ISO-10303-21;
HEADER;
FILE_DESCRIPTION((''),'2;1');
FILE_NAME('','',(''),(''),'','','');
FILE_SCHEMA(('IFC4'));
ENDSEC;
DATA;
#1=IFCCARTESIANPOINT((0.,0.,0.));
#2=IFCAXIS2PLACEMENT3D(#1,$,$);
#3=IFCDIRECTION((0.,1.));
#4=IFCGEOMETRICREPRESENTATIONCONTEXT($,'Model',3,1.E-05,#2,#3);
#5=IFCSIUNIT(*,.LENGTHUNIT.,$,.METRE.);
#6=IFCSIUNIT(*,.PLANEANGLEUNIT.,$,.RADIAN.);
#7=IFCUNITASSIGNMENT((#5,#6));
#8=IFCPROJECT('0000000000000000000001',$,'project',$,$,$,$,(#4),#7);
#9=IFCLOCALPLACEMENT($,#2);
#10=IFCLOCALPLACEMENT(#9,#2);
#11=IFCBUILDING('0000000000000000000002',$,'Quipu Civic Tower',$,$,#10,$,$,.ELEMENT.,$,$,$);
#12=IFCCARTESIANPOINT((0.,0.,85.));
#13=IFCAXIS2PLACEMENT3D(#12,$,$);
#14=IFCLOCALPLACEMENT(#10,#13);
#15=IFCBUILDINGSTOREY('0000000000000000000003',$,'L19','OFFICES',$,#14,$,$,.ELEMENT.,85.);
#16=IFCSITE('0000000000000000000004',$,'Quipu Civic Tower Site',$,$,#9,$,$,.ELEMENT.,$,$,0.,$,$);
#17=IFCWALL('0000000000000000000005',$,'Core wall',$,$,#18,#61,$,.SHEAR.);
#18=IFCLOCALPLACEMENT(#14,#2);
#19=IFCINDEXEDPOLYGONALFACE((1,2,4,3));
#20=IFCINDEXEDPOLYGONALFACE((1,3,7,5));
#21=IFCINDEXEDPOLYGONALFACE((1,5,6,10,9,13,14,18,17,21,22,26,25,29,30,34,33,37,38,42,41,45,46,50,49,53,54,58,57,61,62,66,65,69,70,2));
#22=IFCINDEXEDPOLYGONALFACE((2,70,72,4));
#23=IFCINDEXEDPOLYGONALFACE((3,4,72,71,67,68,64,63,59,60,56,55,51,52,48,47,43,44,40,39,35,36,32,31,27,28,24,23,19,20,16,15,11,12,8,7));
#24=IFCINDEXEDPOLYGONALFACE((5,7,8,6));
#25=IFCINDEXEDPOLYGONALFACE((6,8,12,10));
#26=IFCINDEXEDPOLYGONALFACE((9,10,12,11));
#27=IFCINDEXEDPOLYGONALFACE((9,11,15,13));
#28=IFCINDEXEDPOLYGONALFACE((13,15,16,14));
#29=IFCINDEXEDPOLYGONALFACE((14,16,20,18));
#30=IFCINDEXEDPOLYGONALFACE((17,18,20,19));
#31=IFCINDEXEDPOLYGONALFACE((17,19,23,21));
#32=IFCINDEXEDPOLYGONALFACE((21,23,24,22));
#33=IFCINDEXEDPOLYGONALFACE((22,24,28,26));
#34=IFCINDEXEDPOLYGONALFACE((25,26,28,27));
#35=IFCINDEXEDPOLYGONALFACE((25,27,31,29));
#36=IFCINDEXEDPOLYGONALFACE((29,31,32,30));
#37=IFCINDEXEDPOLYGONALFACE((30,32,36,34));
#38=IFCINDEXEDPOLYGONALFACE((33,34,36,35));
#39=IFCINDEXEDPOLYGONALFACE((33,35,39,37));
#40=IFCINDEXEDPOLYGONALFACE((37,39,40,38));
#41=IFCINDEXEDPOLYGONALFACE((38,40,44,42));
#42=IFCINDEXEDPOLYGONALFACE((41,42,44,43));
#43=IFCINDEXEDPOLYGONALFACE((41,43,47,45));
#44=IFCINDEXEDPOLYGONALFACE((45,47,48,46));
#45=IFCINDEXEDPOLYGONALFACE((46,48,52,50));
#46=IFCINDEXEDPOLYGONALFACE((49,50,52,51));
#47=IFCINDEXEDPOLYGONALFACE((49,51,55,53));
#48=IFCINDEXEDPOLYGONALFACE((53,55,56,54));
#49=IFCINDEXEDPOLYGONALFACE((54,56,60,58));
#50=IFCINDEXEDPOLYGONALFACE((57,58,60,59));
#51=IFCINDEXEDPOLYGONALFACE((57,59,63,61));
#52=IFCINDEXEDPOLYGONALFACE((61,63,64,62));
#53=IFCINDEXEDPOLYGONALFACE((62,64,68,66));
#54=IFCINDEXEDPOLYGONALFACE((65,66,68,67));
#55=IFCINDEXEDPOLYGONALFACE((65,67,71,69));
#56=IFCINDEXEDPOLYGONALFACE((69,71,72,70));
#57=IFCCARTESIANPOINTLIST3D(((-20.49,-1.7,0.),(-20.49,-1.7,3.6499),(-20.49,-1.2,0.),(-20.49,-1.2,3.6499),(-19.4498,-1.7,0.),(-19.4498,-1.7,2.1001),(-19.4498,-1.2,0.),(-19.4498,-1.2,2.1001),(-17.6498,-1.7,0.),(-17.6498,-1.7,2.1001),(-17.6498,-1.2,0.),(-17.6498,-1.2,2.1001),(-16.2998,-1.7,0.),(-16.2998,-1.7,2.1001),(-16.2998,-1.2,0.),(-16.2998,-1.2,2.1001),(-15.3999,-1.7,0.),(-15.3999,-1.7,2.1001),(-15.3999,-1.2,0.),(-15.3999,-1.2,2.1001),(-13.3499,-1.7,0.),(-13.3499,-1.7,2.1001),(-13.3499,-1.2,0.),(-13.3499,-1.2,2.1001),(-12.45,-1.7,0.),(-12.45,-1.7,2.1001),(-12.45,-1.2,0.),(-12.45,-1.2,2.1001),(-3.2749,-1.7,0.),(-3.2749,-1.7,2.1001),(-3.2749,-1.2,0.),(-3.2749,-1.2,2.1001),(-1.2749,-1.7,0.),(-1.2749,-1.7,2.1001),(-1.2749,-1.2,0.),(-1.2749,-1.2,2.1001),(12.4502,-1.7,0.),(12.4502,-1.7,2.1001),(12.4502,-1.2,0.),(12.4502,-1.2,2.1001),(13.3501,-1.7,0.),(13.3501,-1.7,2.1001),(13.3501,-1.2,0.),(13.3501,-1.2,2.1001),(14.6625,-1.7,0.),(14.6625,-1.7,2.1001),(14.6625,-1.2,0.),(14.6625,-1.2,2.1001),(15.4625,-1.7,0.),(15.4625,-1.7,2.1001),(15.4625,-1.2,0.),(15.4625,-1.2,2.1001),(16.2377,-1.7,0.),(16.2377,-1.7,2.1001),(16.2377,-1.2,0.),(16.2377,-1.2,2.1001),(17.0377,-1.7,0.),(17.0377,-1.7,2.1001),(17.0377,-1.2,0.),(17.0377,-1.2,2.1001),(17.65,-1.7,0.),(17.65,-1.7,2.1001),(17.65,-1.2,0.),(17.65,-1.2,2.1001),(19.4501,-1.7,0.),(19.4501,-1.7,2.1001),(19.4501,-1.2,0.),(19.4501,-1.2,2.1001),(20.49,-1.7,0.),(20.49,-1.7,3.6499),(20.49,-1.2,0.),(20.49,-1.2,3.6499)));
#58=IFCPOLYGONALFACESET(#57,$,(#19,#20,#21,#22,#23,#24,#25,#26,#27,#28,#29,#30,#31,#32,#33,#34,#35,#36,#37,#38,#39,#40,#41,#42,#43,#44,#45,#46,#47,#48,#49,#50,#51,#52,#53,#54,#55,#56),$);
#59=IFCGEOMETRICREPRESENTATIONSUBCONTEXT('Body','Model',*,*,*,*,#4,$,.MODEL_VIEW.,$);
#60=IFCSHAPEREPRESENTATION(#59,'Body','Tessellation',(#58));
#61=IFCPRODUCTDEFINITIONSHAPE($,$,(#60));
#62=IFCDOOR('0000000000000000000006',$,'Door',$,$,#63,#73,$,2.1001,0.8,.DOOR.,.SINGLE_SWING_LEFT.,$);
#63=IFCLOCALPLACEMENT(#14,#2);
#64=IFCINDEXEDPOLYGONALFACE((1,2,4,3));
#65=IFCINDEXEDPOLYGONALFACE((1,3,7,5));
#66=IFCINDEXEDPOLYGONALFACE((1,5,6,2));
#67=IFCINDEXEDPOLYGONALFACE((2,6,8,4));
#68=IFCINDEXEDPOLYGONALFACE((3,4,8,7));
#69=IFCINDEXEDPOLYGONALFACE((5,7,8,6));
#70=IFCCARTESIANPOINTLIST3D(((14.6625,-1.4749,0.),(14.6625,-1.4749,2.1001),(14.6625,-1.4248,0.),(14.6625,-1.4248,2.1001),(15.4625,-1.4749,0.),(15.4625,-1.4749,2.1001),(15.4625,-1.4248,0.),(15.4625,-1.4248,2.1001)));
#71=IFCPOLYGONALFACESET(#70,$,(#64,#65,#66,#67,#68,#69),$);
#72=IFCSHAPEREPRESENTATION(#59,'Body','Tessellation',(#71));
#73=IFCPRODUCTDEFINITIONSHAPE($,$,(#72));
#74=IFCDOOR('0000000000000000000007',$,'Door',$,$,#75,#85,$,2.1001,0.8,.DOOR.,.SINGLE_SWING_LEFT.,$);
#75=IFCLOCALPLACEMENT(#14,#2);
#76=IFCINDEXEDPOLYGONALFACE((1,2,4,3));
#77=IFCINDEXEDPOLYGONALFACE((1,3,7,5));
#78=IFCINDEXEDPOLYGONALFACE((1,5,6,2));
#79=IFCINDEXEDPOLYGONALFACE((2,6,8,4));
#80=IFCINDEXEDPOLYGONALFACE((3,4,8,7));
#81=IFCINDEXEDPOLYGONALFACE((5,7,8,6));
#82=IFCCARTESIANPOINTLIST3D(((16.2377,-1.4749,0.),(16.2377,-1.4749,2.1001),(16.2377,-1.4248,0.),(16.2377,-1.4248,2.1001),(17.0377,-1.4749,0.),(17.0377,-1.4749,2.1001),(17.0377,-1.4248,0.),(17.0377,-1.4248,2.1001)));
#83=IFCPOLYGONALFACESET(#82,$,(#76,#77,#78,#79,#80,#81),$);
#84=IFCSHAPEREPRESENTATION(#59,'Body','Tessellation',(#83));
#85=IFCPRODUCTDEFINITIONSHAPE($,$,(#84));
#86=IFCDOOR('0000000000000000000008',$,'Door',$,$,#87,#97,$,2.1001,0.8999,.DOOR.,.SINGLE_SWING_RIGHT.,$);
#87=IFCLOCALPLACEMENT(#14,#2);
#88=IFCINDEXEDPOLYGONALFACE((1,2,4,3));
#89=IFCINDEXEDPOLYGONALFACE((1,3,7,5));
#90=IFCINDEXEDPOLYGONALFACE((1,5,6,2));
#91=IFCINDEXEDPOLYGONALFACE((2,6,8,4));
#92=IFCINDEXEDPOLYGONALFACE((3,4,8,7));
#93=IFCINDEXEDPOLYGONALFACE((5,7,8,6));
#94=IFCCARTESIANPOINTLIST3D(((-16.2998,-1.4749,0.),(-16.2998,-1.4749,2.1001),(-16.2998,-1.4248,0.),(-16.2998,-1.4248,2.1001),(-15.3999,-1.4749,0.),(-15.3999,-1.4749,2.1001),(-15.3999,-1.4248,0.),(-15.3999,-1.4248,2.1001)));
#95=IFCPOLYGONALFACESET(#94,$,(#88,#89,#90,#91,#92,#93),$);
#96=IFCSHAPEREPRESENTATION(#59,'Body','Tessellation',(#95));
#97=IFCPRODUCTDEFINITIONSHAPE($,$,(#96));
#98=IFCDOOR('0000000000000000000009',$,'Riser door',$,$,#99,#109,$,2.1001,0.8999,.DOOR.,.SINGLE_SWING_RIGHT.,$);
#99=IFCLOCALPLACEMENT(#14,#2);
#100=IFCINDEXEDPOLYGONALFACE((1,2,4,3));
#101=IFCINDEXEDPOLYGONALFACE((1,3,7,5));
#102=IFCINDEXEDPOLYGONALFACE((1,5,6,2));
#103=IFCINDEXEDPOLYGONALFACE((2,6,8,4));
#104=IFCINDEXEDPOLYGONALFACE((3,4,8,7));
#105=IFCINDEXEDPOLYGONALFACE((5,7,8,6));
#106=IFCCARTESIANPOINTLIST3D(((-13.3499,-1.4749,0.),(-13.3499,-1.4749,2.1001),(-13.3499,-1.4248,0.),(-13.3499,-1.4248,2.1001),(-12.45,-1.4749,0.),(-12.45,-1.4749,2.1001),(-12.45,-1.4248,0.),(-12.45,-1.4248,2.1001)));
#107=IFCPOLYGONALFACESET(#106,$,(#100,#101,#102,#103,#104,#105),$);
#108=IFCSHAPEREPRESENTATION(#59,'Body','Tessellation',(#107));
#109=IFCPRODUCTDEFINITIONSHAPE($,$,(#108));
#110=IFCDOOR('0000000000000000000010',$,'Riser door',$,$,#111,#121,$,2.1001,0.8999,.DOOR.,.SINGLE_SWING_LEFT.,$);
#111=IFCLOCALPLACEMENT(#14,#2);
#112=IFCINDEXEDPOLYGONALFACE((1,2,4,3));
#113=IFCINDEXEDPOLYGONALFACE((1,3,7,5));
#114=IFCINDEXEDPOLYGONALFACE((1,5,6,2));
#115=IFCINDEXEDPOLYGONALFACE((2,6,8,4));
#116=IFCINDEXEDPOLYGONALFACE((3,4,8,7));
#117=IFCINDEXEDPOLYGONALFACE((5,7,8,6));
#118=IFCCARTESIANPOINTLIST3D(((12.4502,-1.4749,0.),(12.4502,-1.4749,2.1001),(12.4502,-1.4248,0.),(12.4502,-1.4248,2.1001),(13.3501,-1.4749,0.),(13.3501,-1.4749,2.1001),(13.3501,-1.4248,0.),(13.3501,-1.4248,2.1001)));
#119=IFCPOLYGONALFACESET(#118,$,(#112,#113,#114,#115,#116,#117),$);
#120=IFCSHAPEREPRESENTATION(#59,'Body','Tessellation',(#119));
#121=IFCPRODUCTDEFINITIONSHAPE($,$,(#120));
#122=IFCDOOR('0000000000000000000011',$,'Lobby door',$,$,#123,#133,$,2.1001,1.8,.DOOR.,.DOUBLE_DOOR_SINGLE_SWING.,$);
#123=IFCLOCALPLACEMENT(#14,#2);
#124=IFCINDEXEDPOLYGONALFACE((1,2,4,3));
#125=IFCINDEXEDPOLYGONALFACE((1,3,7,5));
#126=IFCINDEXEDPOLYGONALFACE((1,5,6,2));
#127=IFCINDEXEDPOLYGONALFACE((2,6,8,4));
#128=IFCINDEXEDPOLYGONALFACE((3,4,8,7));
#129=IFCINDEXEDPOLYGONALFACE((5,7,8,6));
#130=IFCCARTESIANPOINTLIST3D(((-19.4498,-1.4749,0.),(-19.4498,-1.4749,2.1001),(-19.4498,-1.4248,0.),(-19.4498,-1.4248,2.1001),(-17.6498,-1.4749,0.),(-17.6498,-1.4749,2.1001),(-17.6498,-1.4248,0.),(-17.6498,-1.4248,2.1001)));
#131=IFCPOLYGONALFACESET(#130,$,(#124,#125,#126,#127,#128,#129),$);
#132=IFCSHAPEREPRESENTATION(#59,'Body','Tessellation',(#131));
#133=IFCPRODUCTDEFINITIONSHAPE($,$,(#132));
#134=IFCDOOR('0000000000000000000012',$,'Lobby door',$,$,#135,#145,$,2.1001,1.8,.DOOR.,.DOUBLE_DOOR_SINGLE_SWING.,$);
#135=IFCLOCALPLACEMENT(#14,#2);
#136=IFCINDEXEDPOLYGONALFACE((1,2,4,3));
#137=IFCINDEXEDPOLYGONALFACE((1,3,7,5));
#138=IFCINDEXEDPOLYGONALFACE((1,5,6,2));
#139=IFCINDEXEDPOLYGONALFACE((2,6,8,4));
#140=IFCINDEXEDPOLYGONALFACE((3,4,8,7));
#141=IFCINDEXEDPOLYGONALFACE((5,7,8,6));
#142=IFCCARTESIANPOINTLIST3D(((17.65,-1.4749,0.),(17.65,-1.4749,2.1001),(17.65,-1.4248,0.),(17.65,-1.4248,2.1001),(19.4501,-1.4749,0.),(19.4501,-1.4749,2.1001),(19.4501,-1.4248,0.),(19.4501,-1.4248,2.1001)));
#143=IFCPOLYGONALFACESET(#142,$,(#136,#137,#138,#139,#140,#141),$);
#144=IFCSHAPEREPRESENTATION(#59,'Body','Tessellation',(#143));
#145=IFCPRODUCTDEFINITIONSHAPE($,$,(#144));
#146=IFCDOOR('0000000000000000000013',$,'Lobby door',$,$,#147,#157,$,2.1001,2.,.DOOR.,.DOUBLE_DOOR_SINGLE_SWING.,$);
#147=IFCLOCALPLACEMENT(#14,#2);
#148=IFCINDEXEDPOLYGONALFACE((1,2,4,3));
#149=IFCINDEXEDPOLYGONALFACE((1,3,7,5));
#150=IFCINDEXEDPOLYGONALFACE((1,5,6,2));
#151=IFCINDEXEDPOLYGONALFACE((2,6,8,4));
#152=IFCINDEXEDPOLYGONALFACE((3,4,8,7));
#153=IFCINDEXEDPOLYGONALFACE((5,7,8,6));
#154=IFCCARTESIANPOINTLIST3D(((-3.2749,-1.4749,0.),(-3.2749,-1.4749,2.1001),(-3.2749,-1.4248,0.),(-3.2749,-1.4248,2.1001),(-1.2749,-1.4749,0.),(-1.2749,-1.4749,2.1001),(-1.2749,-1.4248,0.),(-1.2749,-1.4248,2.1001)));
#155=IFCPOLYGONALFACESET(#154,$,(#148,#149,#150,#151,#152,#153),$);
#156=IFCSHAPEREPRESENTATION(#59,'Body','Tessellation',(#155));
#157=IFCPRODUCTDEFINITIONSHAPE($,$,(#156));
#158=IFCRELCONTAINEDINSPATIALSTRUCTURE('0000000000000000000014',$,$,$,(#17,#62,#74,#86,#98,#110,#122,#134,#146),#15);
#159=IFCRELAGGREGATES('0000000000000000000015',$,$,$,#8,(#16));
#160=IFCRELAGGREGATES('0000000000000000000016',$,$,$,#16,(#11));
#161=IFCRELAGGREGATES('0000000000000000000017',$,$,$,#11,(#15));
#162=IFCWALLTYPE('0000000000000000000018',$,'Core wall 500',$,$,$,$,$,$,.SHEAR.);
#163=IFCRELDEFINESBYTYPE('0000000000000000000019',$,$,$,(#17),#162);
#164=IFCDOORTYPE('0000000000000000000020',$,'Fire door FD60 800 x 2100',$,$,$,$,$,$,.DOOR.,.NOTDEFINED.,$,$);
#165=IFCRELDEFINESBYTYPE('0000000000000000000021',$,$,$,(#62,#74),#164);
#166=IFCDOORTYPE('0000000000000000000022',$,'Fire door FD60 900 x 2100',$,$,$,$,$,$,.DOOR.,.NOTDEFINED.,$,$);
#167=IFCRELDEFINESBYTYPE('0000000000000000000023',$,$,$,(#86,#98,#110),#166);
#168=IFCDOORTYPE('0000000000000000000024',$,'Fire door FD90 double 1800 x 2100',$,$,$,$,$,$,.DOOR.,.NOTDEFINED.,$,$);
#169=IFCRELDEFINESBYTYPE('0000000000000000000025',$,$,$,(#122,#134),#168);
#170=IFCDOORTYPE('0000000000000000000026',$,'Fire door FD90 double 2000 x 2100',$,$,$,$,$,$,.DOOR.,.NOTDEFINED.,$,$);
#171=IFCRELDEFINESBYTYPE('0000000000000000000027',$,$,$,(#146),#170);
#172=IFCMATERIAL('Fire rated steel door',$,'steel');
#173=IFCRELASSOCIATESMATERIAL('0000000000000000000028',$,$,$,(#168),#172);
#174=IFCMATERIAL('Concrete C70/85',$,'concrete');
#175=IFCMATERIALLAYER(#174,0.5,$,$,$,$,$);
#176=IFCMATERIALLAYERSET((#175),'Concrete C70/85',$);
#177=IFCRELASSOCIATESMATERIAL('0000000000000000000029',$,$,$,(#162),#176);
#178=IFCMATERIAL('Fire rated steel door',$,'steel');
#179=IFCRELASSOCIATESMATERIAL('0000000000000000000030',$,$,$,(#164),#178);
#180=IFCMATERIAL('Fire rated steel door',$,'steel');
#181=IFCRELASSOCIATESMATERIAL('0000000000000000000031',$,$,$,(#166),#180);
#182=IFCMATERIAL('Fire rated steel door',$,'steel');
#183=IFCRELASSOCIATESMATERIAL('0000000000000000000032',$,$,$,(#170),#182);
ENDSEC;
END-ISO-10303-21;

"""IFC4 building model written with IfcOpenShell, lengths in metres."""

from ifc_helpers import new_model, si_unit, direction, frame, frame_2d, origin, place, context, subcontext, project, spatial, rectangle, extrude, material, layer, layer_set, type_object, element, fill, save


model = new_model("IFC4")

# Units and contexts
model_context = context("Model", 3, precision=1e-05, world=origin(), true_north=direction((0.0, 1.0)))
body_context = subcontext(model_context, "Body", "Model", "MODEL_VIEW")
ifc_project = project(units=[si_unit("LENGTHUNIT", "METRE"), si_unit("PLANEANGLEUNIT", "RADIAN")], contexts=[model_context])

# Site, building, storey
site_placement = place(None, origin())
site = spatial("IfcSite", under=ifc_project, at=site_placement, Name="Quipu Civic Tower Site", CompositionType="ELEMENT", RefElevation=0.0)
building_placement = place(site_placement, origin())
building = spatial("IfcBuilding", under=site, at=building_placement, Name="Quipu Civic Tower", CompositionType="ELEMENT")
storey_placement = place(building_placement, frame((0.0, 0.0, 85.0)))
storey = spatial("IfcBuildingStorey", under=building, at=storey_placement, Name="L19", Description="OFFICES", CompositionType="ELEMENT", Elevation=85.0)

# Shared definitions
ifc_material_1 = material(Name="Fire rated steel door", Category="steel")
door_type_1 = type_object("IfcDoorType", Name="Fire door FD90 double 1800 x 2100", OperationType="NOTDEFINED", PredefinedType="DOOR", material=ifc_material_1)

# Shared definitions
ifc_material_2 = material(Name="Concrete C70/85", Category="concrete")
ifc_layer_1 = layer(ifc_material_2, 0.5)
ifc_layer_set_1 = layer_set([ifc_layer_1], Name="Concrete C70/85")
wall_type_1 = type_object("IfcWallType", Name="Core wall 500", PredefinedType="SHEAR", material=ifc_layer_set_1)

# Wall, openings, doors
wall_1_placement = place(storey_placement, frame((20.49, -1.45, 0.0), z_axis=(0.0, 0.0, 1.0), x_axis=(-1.0, 0.0, 0.0)))
wall_1 = element("IfcWall", 1, at=wall_1_placement, inside=storey, type_object=wall_type_1, Name="Core wall", PredefinedType="SHEAR", context=body_context, shape_type="SweptSolid", body=[
    extrude(rectangle(XDim=40.98, YDim=0.5, at=frame_2d((20.49, 0.0))), origin(), (0.0, 0.0, 1.0), 3.6499),
])
opening_1_placement = place(wall_1_placement, frame((38.1399, 0.0, 0.0)))
opening_1 = element("IfcOpeningElement", 2, at=opening_1_placement, cuts=wall_1, PredefinedType="OPENING", context=body_context, shape_type="SweptSolid", body=[
    extrude(rectangle(XDim=1.8, YDim=2.1001, at=frame_2d((0.8999, 1.05))), frame((0.0, 0.26, 0.0), z_axis=(0.0, -1.0, 0.0), x_axis=(1.0, 0.0, 0.0)), (0.0, 0.0, 1.0), 0.52),
])
opening_2_placement = place(wall_1_placement, frame((35.8899, 0.0, 0.0)))
opening_2 = element("IfcOpeningElement", 3, at=opening_2_placement, cuts=wall_1, PredefinedType="OPENING", context=body_context, shape_type="SweptSolid", body=[
    extrude(rectangle(XDim=0.8999, YDim=2.1001, at=frame_2d((0.45, 1.05))), frame((0.0, 0.26, 0.0), z_axis=(0.0, -1.0, 0.0), x_axis=(1.0, 0.0, 0.0)), (0.0, 0.0, 1.0), 0.52),
])
opening_3_placement = place(wall_1_placement, frame((32.9399, 0.0, 0.0)))
opening_3 = element("IfcOpeningElement", 4, at=opening_3_placement, cuts=wall_1, PredefinedType="OPENING", context=body_context, shape_type="SweptSolid", body=[
    extrude(rectangle(XDim=0.8999, YDim=2.1001, at=frame_2d((0.45, 1.05))), frame((0.0, 0.26, 0.0), z_axis=(0.0, -1.0, 0.0), x_axis=(1.0, 0.0, 0.0)), (0.0, 0.0, 1.0), 0.52),
])
opening_4_placement = place(wall_1_placement, frame((21.7649, 0.0, 0.0)))
opening_4 = element("IfcOpeningElement", 5, at=opening_4_placement, cuts=wall_1, PredefinedType="OPENING", context=body_context, shape_type="SweptSolid", body=[
    extrude(rectangle(XDim=2.0, YDim=2.1001, at=frame_2d((1.0, 1.05))), frame((0.0, 0.26, 0.0), z_axis=(0.0, -1.0, 0.0), x_axis=(1.0, 0.0, 0.0)), (0.0, 0.0, 1.0), 0.52),
])
opening_5_placement = place(wall_1_placement, frame((7.1399, 0.0, 0.0)))
opening_5 = element("IfcOpeningElement", 6, at=opening_5_placement, cuts=wall_1, PredefinedType="OPENING", context=body_context, shape_type="SweptSolid", body=[
    extrude(rectangle(XDim=0.8999, YDim=2.1001, at=frame_2d((0.45, 1.05))), frame((0.0, 0.26, 0.0), z_axis=(0.0, -1.0, 0.0), x_axis=(1.0, 0.0, 0.0)), (0.0, 0.0, 1.0), 0.52),
])
opening_6_placement = place(wall_1_placement, frame((5.0276, 0.0, 0.0)))
opening_6 = element("IfcOpeningElement", 7, at=opening_6_placement, cuts=wall_1, PredefinedType="OPENING", context=body_context, shape_type="SweptSolid", body=[
    extrude(rectangle(XDim=0.8, YDim=2.1001, at=frame_2d((0.3999, 1.05))), frame((0.0, 0.26, 0.0), z_axis=(0.0, -1.0, 0.0), x_axis=(1.0, 0.0, 0.0)), (0.0, 0.0, 1.0), 0.52),
])
opening_7_placement = place(wall_1_placement, frame((3.4524, 0.0, 0.0)))
opening_7 = element("IfcOpeningElement", 8, at=opening_7_placement, cuts=wall_1, PredefinedType="OPENING", context=body_context, shape_type="SweptSolid", body=[
    extrude(rectangle(XDim=0.8, YDim=2.1001, at=frame_2d((0.3999, 1.05))), frame((0.0, 0.26, 0.0), z_axis=(0.0, -1.0, 0.0), x_axis=(1.0, 0.0, 0.0)), (0.0, 0.0, 1.0), 0.52),
])
opening_8_placement = place(wall_1_placement, frame((1.04, 0.0, 0.0)))
opening_8 = element("IfcOpeningElement", 9, at=opening_8_placement, cuts=wall_1, PredefinedType="OPENING", context=body_context, shape_type="SweptSolid", body=[
    extrude(rectangle(XDim=1.8, YDim=2.1001, at=frame_2d((0.8999, 1.05))), frame((0.0, 0.26, 0.0), z_axis=(0.0, -1.0, 0.0), x_axis=(1.0, 0.0, 0.0)), (0.0, 0.0, 1.0), 0.52),
])
ifc_material_3 = material(Name="Fire rated steel door", Category="steel")
door_type_2 = type_object("IfcDoorType", Name="Fire door FD60 800 x 2100", OperationType="NOTDEFINED", PredefinedType="DOOR", material=ifc_material_3)
door_1_placement = place(opening_6_placement, origin())
door_1 = element("IfcDoor", 10, at=door_1_placement, inside=storey, type_object=door_type_2, Name="Door", OperationType="SINGLE_SWING_LEFT", OverallHeight=2.1001, OverallWidth=0.8, PredefinedType="DOOR", context=body_context, shape_type="SweptSolid", body=[
    extrude(rectangle(XDim=0.8, YDim=2.1001, at=frame_2d((0.3999, 1.05))), frame((0.0, 0.0249, 0.0), z_axis=(0.0, -1.0, 0.0), x_axis=(1.0, 0.0, 0.0)), (0.0, 0.0, 1.0), 0.05),
])
fill(opening_6, door_1)
door_2_placement = place(opening_7_placement, origin())
door_2 = element("IfcDoor", 11, at=door_2_placement, inside=storey, type_object=door_type_2, Name="Door", OperationType="SINGLE_SWING_LEFT", OverallHeight=2.1001, OverallWidth=0.8, PredefinedType="DOOR", context=body_context, shape_type="SweptSolid", body=[
    extrude(rectangle(XDim=0.8, YDim=2.1001, at=frame_2d((0.3999, 1.05))), frame((0.0, 0.0249, 0.0), z_axis=(0.0, -1.0, 0.0), x_axis=(1.0, 0.0, 0.0)), (0.0, 0.0, 1.0), 0.05),
])
fill(opening_7, door_2)
ifc_material_4 = material(Name="Fire rated steel door", Category="steel")
door_type_3 = type_object("IfcDoorType", Name="Fire door FD60 900 x 2100", OperationType="NOTDEFINED", PredefinedType="DOOR", material=ifc_material_4)
door_3_placement = place(opening_2_placement, origin())
door_3 = element("IfcDoor", 12, at=door_3_placement, inside=storey, type_object=door_type_3, Name="Door", OperationType="SINGLE_SWING_RIGHT", OverallHeight=2.1001, OverallWidth=0.8999, PredefinedType="DOOR", context=body_context, shape_type="SweptSolid", body=[
    extrude(rectangle(XDim=0.8999, YDim=2.1001, at=frame_2d((0.45, 1.05))), frame((0.0, 0.0249, 0.0), z_axis=(0.0, -1.0, 0.0), x_axis=(1.0, 0.0, 0.0)), (0.0, 0.0, 1.0), 0.05),
])
fill(opening_2, door_3)
door_4_placement = place(opening_3_placement, origin())
door_4 = element("IfcDoor", 13, at=door_4_placement, inside=storey, type_object=door_type_3, Name="Riser door", OperationType="SINGLE_SWING_RIGHT", OverallHeight=2.1001, OverallWidth=0.8999, PredefinedType="DOOR", context=body_context, shape_type="SweptSolid", body=[
    extrude(rectangle(XDim=0.8999, YDim=2.1001, at=frame_2d((0.45, 1.05))), frame((0.0, 0.0249, 0.0), z_axis=(0.0, -1.0, 0.0), x_axis=(1.0, 0.0, 0.0)), (0.0, 0.0, 1.0), 0.05),
])
fill(opening_3, door_4)
door_5_placement = place(opening_5_placement, origin())
door_5 = element("IfcDoor", 14, at=door_5_placement, inside=storey, type_object=door_type_3, Name="Riser door", OperationType="SINGLE_SWING_LEFT", OverallHeight=2.1001, OverallWidth=0.8999, PredefinedType="DOOR", context=body_context, shape_type="SweptSolid", body=[
    extrude(rectangle(XDim=0.8999, YDim=2.1001, at=frame_2d((0.45, 1.05))), frame((0.0, 0.0249, 0.0), z_axis=(0.0, -1.0, 0.0), x_axis=(1.0, 0.0, 0.0)), (0.0, 0.0, 1.0), 0.05),
])
fill(opening_5, door_5)
door_6_placement = place(opening_1_placement, origin())
door_6 = element("IfcDoor", 15, at=door_6_placement, inside=storey, type_object=door_type_1, Name="Lobby door", OperationType="DOUBLE_DOOR_SINGLE_SWING", OverallHeight=2.1001, OverallWidth=1.8, PredefinedType="DOOR", context=body_context, shape_type="SweptSolid", body=[
    extrude(rectangle(XDim=1.8, YDim=2.1001, at=frame_2d((0.8999, 1.05))), frame((0.0, 0.0249, 0.0), z_axis=(0.0, -1.0, 0.0), x_axis=(1.0, 0.0, 0.0)), (0.0, 0.0, 1.0), 0.05),
])
fill(opening_1, door_6)
door_7_placement = place(opening_8_placement, origin())
door_7 = element("IfcDoor", 16, at=door_7_placement, inside=storey, type_object=door_type_1, Name="Lobby door", OperationType="DOUBLE_DOOR_SINGLE_SWING", OverallHeight=2.1001, OverallWidth=1.8, PredefinedType="DOOR", context=body_context, shape_type="SweptSolid", body=[
    extrude(rectangle(XDim=1.8, YDim=2.1001, at=frame_2d((0.8999, 1.05))), frame((0.0, 0.0249, 0.0), z_axis=(0.0, -1.0, 0.0), x_axis=(1.0, 0.0, 0.0)), (0.0, 0.0, 1.0), 0.05),
])
fill(opening_8, door_7)
ifc_material_5 = material(Name="Fire rated steel door", Category="steel")
door_type_4 = type_object("IfcDoorType", Name="Fire door FD90 double 2000 x 2100", OperationType="NOTDEFINED", PredefinedType="DOOR", material=ifc_material_5)
door_8_placement = place(opening_4_placement, origin())
door_8 = element("IfcDoor", 17, at=door_8_placement, inside=storey, type_object=door_type_4, Name="Lobby door", OperationType="DOUBLE_DOOR_SINGLE_SWING", OverallHeight=2.1001, OverallWidth=2.0, PredefinedType="DOOR", context=body_context, shape_type="SweptSolid", body=[
    extrude(rectangle(XDim=2.0, YDim=2.1001, at=frame_2d((1.0, 1.05))), frame((0.0, 0.0249, 0.0), z_axis=(0.0, -1.0, 0.0), x_axis=(1.0, 0.0, 0.0)), (0.0, 0.0, 1.0), 0.05),
])
fill(opening_4, door_8)

save(model, "model.ifc")
